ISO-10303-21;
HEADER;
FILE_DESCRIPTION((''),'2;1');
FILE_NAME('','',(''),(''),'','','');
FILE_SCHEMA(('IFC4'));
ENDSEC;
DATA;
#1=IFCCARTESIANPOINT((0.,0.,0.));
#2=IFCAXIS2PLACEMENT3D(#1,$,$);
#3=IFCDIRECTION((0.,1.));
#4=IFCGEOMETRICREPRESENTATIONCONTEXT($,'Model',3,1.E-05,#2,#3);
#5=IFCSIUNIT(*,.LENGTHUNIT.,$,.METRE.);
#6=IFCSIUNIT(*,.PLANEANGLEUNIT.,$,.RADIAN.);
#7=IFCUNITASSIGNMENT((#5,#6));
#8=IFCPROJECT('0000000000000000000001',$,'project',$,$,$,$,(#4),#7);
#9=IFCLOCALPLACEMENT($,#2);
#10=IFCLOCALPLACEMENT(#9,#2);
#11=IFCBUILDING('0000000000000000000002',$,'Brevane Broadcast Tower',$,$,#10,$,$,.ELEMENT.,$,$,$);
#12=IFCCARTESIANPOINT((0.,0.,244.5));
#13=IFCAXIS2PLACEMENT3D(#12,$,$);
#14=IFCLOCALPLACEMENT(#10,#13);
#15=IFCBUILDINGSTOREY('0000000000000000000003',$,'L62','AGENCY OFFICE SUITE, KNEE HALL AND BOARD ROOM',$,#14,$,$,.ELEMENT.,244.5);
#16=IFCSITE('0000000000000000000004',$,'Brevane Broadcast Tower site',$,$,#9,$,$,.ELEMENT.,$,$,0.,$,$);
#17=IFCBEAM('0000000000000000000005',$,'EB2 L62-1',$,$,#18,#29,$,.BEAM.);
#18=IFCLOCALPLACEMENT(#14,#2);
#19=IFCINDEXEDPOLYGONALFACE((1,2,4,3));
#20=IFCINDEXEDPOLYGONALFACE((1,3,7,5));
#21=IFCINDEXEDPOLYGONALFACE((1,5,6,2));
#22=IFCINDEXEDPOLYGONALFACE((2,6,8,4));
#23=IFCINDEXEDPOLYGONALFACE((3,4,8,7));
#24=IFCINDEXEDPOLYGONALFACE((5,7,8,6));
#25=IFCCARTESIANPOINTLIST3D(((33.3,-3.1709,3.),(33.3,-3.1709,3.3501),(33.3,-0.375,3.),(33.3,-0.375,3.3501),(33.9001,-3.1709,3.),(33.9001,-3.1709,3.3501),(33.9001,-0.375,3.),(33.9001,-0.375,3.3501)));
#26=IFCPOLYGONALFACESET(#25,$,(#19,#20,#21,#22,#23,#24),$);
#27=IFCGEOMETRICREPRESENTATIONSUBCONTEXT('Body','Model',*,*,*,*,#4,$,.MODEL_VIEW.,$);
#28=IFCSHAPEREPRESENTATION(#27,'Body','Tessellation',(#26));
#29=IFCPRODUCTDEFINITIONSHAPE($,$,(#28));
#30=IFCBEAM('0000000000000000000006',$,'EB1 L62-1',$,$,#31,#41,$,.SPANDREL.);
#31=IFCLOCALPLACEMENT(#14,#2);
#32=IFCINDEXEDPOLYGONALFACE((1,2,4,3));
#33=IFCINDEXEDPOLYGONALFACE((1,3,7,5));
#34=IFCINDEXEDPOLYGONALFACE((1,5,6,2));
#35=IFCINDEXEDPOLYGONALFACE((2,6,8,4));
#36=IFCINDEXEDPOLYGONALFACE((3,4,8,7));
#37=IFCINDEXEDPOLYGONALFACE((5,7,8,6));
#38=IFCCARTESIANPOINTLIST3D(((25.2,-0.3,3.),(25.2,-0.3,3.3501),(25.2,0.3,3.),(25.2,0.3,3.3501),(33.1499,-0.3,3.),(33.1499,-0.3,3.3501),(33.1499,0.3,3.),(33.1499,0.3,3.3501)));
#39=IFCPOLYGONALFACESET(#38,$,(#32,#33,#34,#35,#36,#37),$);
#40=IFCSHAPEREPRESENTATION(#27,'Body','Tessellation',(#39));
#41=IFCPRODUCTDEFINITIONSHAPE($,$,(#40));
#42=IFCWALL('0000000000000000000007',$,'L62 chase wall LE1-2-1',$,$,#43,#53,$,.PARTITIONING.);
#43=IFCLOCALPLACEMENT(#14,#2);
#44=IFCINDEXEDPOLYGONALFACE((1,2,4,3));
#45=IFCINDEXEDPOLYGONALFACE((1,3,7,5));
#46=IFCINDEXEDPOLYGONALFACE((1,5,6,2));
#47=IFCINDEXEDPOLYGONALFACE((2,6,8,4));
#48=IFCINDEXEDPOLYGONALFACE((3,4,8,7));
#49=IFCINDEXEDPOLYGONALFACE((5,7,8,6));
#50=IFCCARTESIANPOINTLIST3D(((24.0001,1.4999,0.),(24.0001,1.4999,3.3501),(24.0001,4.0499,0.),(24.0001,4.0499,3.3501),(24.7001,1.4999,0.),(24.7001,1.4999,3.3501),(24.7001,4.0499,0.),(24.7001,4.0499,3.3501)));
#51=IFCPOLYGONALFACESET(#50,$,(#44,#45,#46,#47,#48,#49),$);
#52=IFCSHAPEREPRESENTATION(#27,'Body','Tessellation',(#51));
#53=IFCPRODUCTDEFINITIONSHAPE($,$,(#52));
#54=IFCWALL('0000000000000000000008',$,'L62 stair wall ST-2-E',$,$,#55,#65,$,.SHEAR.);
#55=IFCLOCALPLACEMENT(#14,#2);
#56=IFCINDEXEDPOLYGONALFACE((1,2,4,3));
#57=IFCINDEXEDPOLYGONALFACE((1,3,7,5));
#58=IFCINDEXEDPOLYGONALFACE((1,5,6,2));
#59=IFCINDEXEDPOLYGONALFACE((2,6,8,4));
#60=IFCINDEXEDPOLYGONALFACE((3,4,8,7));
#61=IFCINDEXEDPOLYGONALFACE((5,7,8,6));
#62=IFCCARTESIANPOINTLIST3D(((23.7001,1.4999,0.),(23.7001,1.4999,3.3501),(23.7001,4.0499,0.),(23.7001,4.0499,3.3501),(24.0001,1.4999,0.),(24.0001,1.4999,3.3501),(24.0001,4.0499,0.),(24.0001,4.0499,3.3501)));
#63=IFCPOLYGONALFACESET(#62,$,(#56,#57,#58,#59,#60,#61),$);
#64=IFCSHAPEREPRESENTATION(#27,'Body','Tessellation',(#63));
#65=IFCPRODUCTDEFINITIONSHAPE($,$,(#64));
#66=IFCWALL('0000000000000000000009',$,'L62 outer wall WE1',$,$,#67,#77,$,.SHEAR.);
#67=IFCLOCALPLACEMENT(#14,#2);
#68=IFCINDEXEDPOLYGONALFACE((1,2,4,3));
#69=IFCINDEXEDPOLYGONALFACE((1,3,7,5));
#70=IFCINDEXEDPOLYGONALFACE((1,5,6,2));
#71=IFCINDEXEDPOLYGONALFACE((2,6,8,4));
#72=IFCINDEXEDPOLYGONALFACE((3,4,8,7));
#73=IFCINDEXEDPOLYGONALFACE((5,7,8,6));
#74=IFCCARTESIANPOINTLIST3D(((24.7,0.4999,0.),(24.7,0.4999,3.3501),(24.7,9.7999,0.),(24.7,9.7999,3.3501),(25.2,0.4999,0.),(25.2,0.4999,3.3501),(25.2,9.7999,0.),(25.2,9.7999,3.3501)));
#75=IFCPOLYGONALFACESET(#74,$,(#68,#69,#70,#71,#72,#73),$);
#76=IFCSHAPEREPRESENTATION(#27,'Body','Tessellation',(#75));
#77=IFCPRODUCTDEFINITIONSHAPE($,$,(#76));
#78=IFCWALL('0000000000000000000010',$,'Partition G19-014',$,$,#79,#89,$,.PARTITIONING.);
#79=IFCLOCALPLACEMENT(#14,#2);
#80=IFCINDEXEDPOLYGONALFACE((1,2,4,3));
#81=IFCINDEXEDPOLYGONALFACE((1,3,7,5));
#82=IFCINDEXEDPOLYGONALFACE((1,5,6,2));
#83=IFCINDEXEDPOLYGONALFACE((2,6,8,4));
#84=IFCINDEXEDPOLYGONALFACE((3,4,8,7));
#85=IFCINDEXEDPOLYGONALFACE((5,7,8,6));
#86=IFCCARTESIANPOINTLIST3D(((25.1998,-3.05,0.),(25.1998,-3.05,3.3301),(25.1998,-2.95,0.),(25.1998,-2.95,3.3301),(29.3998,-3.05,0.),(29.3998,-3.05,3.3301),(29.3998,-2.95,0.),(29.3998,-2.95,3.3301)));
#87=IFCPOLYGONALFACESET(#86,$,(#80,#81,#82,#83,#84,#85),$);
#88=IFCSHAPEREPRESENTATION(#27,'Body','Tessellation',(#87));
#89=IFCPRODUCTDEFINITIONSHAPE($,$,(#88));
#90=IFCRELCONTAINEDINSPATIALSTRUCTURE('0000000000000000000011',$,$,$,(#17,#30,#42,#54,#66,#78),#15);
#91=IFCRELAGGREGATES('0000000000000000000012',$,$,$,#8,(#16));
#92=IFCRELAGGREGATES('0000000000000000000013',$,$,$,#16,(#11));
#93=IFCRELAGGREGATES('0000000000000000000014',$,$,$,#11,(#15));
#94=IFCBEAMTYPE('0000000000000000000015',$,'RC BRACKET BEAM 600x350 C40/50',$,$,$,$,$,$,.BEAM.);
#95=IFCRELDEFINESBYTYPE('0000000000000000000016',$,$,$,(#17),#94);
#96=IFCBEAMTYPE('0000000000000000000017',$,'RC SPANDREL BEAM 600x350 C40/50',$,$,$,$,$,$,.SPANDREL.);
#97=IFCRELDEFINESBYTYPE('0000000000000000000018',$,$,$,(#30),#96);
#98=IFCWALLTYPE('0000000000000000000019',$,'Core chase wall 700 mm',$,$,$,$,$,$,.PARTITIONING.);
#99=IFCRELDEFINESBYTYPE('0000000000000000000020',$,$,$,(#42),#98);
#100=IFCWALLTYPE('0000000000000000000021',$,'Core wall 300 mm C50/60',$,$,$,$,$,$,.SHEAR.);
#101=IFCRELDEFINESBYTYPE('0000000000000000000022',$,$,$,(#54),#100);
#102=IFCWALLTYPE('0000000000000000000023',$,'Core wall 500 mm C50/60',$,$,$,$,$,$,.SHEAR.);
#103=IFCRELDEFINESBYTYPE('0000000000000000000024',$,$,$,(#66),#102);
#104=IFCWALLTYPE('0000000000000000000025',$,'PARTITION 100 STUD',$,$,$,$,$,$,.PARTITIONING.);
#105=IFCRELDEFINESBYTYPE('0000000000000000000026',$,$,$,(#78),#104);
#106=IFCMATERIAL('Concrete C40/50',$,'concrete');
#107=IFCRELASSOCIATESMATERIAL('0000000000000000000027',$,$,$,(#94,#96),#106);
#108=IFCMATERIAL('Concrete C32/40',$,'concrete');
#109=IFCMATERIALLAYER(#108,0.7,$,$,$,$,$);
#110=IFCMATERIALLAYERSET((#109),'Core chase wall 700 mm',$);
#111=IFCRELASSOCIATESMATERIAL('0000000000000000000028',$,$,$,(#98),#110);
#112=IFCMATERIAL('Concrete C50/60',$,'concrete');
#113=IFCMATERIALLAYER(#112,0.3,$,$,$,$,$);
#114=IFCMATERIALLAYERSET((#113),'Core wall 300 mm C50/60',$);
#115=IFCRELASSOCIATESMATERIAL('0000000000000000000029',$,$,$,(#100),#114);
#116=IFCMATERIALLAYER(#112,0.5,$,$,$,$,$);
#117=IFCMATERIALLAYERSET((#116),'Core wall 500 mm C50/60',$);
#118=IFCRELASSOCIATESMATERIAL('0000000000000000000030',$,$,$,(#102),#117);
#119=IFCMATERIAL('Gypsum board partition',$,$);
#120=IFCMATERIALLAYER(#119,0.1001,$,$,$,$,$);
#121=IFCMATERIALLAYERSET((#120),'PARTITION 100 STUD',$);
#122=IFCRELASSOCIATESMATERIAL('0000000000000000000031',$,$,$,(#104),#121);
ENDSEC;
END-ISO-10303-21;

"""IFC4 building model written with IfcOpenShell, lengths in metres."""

from ifc_helpers import new_model, si_unit, direction, frame, frame_2d, origin, origin_2d, place, context, subcontext, project, spatial, rectangle, extrude, material, layer, layer_set, material_profile, profile_set, type_object, element, save


model = new_model("IFC4")

# Units and contexts
model_context = context("Model", 3, precision=1e-05, world=origin(), true_north=direction((0.0, 1.0)))
body_context = subcontext(model_context, "Body", "Model", "MODEL_VIEW")
ifc_project = project(units=[si_unit("LENGTHUNIT", "METRE"), si_unit("PLANEANGLEUNIT", "RADIAN")], contexts=[model_context])

# Site, building, storey
site_placement = place(None, origin())
site = spatial("IfcSite", under=ifc_project, at=site_placement, Name="Brevane Broadcast Tower site", CompositionType="ELEMENT", RefElevation=0.0)
building_placement = place(site_placement, origin())
building = spatial("IfcBuilding", under=site, at=building_placement, Name="Brevane Broadcast Tower", CompositionType="ELEMENT")
storey_placement = place(building_placement, frame((0.0, 0.0, 244.5)))
storey = spatial("IfcBuildingStorey", under=building, at=storey_placement, Name="L62", Description="AGENCY OFFICE SUITE, KNEE HALL AND BOARD ROOM", CompositionType="ELEMENT", Elevation=244.5)

# Shared definitions
ifc_material_1 = material(Name="Concrete C50/60", Category="concrete")

# Beams
ifc_material_2 = material(Name="Concrete C40/50", Category="concrete")
ifc_material_profile_1 = material_profile(ifc_material_2, rectangle(XDim=0.6001, YDim=0.3501, at=origin_2d()), Name="RC 600x350")
ifc_profile_set_1 = profile_set([ifc_material_profile_1], Name="Concrete C40/50")
beam_type_1 = type_object("IfcBeamType", Name="RC BRACKET BEAM 600x350 C40/50", PredefinedType="BEAM", material=ifc_profile_set_1)
beam_1_placement = place(storey_placement, frame((33.6001, -0.375, 3.175), z_axis=(0.0, -1.0, 0.0), x_axis=(1.0, 0.0, 0.0)))
element("IfcBeam", 1, at=beam_1_placement, inside=storey, type_object=beam_type_1, Name="EB2 L62-1", PredefinedType="BEAM", context=body_context, shape_type="SweptSolid", body=[
    extrude(rectangle(XDim=0.6001, YDim=0.3501, at=origin_2d()), origin(), (0.0, 0.0, 1.0), 2.7959),
])
ifc_material_profile_2 = material_profile(ifc_material_2, rectangle(XDim=0.6001, YDim=0.3501, at=origin_2d()), Name="RC 600x350")
ifc_profile_set_2 = profile_set([ifc_material_profile_2], Name="Concrete C40/50")
beam_type_2 = type_object("IfcBeamType", Name="RC SPANDREL BEAM 600x350 C40/50", PredefinedType="SPANDREL", material=ifc_profile_set_2)
beam_2_placement = place(storey_placement, frame((25.2, 0.0, 3.175), z_axis=(1.0, 0.0, 0.0), x_axis=(0.0, 1.0, 0.0)))
element("IfcBeam", 2, at=beam_2_placement, inside=storey, type_object=beam_type_2, Name="EB1 L62-1", PredefinedType="SPANDREL", context=body_context, shape_type="SweptSolid", body=[
    extrude(rectangle(XDim=0.6001, YDim=0.3501, at=origin_2d()), origin(), (0.0, 0.0, 1.0), 7.95),
])

# Walls
ifc_material_3 = material(Name="Concrete C32/40", Category="concrete")
ifc_layer_1 = layer(ifc_material_3, 0.7)
ifc_layer_set_1 = layer_set([ifc_layer_1], Name="Core chase wall 700 mm")
wall_type_1 = type_object("IfcWallType", Name="Core chase wall 700 mm", PredefinedType="PARTITIONING", material=ifc_layer_set_1)
wall_1_placement = place(storey_placement, frame((24.3501, 1.5, 0.0), z_axis=(0.0, 0.0, 1.0), x_axis=(0.0, 1.0, 0.0)))
element("IfcWall", 3, at=wall_1_placement, inside=storey, type_object=wall_type_1, Name="L62 chase wall LE1-2-1", PredefinedType="PARTITIONING", context=body_context, shape_type="SweptSolid", body=[
    extrude(rectangle(XDim=2.55, YDim=0.7, at=frame_2d((1.2749, 0.0))), origin(), (0.0, 0.0, 1.0), 3.3501),
])
ifc_layer_2 = layer(ifc_material_1, 0.3)
ifc_layer_set_2 = layer_set([ifc_layer_2], Name="Core wall 300 mm C50/60")
wall_type_2 = type_object("IfcWallType", Name="Core wall 300 mm C50/60", PredefinedType="SHEAR", material=ifc_layer_set_2)
wall_2_placement = place(storey_placement, frame((23.8501, 1.5, 0.0), z_axis=(0.0, 0.0, 1.0), x_axis=(0.0, 1.0, 0.0)))
element("IfcWall", 4, at=wall_2_placement, inside=storey, type_object=wall_type_2, Name="L62 stair wall ST-2-E", PredefinedType="SHEAR", context=body_context, shape_type="SweptSolid", body=[
    extrude(rectangle(XDim=2.55, YDim=0.3, at=frame_2d((1.2749, 0.0))), origin(), (0.0, 0.0, 1.0), 3.3501),
])
ifc_layer_3 = layer(ifc_material_1, 0.5)
ifc_layer_set_3 = layer_set([ifc_layer_3], Name="Core wall 500 mm C50/60")
wall_type_3 = type_object("IfcWallType", Name="Core wall 500 mm C50/60", PredefinedType="SHEAR", material=ifc_layer_set_3)
wall_3_placement = place(storey_placement, frame((24.95, 0.5, 0.0), z_axis=(0.0, 0.0, 1.0), x_axis=(0.0, 1.0, 0.0)))
element("IfcWall", 5, at=wall_3_placement, inside=storey, type_object=wall_type_3, Name="L62 outer wall WE1", PredefinedType="SHEAR", context=body_context, shape_type="SweptSolid", body=[
    extrude(rectangle(XDim=9.3, YDim=0.5, at=frame_2d((4.6499, 0.0))), origin(), (0.0, 0.0, 1.0), 3.3501),
])
ifc_material_4 = material(Name="Gypsum board partition")
ifc_layer_4 = layer(ifc_material_4, 0.1001)
ifc_layer_set_4 = layer_set([ifc_layer_4], Name="PARTITION 100 STUD")
wall_type_4 = type_object("IfcWallType", Name="PARTITION 100 STUD", PredefinedType="PARTITIONING", material=ifc_layer_set_4)
wall_4_placement = place(storey_placement, frame((29.3999, -3.0, 0.0), z_axis=(0.0, 0.0, 1.0), x_axis=(-1.0, 0.0, 0.0)))
element("IfcWall", 6, at=wall_4_placement, inside=storey, type_object=wall_type_4, Name="Partition G19-014", PredefinedType="PARTITIONING", context=body_context, shape_type="SweptSolid", body=[
    extrude(rectangle(XDim=4.2, YDim=0.1001, at=frame_2d((2.1001, 0.0))), origin(), (0.0, 0.0, 1.0), 3.3301),
])

save(model, "model.ifc")
